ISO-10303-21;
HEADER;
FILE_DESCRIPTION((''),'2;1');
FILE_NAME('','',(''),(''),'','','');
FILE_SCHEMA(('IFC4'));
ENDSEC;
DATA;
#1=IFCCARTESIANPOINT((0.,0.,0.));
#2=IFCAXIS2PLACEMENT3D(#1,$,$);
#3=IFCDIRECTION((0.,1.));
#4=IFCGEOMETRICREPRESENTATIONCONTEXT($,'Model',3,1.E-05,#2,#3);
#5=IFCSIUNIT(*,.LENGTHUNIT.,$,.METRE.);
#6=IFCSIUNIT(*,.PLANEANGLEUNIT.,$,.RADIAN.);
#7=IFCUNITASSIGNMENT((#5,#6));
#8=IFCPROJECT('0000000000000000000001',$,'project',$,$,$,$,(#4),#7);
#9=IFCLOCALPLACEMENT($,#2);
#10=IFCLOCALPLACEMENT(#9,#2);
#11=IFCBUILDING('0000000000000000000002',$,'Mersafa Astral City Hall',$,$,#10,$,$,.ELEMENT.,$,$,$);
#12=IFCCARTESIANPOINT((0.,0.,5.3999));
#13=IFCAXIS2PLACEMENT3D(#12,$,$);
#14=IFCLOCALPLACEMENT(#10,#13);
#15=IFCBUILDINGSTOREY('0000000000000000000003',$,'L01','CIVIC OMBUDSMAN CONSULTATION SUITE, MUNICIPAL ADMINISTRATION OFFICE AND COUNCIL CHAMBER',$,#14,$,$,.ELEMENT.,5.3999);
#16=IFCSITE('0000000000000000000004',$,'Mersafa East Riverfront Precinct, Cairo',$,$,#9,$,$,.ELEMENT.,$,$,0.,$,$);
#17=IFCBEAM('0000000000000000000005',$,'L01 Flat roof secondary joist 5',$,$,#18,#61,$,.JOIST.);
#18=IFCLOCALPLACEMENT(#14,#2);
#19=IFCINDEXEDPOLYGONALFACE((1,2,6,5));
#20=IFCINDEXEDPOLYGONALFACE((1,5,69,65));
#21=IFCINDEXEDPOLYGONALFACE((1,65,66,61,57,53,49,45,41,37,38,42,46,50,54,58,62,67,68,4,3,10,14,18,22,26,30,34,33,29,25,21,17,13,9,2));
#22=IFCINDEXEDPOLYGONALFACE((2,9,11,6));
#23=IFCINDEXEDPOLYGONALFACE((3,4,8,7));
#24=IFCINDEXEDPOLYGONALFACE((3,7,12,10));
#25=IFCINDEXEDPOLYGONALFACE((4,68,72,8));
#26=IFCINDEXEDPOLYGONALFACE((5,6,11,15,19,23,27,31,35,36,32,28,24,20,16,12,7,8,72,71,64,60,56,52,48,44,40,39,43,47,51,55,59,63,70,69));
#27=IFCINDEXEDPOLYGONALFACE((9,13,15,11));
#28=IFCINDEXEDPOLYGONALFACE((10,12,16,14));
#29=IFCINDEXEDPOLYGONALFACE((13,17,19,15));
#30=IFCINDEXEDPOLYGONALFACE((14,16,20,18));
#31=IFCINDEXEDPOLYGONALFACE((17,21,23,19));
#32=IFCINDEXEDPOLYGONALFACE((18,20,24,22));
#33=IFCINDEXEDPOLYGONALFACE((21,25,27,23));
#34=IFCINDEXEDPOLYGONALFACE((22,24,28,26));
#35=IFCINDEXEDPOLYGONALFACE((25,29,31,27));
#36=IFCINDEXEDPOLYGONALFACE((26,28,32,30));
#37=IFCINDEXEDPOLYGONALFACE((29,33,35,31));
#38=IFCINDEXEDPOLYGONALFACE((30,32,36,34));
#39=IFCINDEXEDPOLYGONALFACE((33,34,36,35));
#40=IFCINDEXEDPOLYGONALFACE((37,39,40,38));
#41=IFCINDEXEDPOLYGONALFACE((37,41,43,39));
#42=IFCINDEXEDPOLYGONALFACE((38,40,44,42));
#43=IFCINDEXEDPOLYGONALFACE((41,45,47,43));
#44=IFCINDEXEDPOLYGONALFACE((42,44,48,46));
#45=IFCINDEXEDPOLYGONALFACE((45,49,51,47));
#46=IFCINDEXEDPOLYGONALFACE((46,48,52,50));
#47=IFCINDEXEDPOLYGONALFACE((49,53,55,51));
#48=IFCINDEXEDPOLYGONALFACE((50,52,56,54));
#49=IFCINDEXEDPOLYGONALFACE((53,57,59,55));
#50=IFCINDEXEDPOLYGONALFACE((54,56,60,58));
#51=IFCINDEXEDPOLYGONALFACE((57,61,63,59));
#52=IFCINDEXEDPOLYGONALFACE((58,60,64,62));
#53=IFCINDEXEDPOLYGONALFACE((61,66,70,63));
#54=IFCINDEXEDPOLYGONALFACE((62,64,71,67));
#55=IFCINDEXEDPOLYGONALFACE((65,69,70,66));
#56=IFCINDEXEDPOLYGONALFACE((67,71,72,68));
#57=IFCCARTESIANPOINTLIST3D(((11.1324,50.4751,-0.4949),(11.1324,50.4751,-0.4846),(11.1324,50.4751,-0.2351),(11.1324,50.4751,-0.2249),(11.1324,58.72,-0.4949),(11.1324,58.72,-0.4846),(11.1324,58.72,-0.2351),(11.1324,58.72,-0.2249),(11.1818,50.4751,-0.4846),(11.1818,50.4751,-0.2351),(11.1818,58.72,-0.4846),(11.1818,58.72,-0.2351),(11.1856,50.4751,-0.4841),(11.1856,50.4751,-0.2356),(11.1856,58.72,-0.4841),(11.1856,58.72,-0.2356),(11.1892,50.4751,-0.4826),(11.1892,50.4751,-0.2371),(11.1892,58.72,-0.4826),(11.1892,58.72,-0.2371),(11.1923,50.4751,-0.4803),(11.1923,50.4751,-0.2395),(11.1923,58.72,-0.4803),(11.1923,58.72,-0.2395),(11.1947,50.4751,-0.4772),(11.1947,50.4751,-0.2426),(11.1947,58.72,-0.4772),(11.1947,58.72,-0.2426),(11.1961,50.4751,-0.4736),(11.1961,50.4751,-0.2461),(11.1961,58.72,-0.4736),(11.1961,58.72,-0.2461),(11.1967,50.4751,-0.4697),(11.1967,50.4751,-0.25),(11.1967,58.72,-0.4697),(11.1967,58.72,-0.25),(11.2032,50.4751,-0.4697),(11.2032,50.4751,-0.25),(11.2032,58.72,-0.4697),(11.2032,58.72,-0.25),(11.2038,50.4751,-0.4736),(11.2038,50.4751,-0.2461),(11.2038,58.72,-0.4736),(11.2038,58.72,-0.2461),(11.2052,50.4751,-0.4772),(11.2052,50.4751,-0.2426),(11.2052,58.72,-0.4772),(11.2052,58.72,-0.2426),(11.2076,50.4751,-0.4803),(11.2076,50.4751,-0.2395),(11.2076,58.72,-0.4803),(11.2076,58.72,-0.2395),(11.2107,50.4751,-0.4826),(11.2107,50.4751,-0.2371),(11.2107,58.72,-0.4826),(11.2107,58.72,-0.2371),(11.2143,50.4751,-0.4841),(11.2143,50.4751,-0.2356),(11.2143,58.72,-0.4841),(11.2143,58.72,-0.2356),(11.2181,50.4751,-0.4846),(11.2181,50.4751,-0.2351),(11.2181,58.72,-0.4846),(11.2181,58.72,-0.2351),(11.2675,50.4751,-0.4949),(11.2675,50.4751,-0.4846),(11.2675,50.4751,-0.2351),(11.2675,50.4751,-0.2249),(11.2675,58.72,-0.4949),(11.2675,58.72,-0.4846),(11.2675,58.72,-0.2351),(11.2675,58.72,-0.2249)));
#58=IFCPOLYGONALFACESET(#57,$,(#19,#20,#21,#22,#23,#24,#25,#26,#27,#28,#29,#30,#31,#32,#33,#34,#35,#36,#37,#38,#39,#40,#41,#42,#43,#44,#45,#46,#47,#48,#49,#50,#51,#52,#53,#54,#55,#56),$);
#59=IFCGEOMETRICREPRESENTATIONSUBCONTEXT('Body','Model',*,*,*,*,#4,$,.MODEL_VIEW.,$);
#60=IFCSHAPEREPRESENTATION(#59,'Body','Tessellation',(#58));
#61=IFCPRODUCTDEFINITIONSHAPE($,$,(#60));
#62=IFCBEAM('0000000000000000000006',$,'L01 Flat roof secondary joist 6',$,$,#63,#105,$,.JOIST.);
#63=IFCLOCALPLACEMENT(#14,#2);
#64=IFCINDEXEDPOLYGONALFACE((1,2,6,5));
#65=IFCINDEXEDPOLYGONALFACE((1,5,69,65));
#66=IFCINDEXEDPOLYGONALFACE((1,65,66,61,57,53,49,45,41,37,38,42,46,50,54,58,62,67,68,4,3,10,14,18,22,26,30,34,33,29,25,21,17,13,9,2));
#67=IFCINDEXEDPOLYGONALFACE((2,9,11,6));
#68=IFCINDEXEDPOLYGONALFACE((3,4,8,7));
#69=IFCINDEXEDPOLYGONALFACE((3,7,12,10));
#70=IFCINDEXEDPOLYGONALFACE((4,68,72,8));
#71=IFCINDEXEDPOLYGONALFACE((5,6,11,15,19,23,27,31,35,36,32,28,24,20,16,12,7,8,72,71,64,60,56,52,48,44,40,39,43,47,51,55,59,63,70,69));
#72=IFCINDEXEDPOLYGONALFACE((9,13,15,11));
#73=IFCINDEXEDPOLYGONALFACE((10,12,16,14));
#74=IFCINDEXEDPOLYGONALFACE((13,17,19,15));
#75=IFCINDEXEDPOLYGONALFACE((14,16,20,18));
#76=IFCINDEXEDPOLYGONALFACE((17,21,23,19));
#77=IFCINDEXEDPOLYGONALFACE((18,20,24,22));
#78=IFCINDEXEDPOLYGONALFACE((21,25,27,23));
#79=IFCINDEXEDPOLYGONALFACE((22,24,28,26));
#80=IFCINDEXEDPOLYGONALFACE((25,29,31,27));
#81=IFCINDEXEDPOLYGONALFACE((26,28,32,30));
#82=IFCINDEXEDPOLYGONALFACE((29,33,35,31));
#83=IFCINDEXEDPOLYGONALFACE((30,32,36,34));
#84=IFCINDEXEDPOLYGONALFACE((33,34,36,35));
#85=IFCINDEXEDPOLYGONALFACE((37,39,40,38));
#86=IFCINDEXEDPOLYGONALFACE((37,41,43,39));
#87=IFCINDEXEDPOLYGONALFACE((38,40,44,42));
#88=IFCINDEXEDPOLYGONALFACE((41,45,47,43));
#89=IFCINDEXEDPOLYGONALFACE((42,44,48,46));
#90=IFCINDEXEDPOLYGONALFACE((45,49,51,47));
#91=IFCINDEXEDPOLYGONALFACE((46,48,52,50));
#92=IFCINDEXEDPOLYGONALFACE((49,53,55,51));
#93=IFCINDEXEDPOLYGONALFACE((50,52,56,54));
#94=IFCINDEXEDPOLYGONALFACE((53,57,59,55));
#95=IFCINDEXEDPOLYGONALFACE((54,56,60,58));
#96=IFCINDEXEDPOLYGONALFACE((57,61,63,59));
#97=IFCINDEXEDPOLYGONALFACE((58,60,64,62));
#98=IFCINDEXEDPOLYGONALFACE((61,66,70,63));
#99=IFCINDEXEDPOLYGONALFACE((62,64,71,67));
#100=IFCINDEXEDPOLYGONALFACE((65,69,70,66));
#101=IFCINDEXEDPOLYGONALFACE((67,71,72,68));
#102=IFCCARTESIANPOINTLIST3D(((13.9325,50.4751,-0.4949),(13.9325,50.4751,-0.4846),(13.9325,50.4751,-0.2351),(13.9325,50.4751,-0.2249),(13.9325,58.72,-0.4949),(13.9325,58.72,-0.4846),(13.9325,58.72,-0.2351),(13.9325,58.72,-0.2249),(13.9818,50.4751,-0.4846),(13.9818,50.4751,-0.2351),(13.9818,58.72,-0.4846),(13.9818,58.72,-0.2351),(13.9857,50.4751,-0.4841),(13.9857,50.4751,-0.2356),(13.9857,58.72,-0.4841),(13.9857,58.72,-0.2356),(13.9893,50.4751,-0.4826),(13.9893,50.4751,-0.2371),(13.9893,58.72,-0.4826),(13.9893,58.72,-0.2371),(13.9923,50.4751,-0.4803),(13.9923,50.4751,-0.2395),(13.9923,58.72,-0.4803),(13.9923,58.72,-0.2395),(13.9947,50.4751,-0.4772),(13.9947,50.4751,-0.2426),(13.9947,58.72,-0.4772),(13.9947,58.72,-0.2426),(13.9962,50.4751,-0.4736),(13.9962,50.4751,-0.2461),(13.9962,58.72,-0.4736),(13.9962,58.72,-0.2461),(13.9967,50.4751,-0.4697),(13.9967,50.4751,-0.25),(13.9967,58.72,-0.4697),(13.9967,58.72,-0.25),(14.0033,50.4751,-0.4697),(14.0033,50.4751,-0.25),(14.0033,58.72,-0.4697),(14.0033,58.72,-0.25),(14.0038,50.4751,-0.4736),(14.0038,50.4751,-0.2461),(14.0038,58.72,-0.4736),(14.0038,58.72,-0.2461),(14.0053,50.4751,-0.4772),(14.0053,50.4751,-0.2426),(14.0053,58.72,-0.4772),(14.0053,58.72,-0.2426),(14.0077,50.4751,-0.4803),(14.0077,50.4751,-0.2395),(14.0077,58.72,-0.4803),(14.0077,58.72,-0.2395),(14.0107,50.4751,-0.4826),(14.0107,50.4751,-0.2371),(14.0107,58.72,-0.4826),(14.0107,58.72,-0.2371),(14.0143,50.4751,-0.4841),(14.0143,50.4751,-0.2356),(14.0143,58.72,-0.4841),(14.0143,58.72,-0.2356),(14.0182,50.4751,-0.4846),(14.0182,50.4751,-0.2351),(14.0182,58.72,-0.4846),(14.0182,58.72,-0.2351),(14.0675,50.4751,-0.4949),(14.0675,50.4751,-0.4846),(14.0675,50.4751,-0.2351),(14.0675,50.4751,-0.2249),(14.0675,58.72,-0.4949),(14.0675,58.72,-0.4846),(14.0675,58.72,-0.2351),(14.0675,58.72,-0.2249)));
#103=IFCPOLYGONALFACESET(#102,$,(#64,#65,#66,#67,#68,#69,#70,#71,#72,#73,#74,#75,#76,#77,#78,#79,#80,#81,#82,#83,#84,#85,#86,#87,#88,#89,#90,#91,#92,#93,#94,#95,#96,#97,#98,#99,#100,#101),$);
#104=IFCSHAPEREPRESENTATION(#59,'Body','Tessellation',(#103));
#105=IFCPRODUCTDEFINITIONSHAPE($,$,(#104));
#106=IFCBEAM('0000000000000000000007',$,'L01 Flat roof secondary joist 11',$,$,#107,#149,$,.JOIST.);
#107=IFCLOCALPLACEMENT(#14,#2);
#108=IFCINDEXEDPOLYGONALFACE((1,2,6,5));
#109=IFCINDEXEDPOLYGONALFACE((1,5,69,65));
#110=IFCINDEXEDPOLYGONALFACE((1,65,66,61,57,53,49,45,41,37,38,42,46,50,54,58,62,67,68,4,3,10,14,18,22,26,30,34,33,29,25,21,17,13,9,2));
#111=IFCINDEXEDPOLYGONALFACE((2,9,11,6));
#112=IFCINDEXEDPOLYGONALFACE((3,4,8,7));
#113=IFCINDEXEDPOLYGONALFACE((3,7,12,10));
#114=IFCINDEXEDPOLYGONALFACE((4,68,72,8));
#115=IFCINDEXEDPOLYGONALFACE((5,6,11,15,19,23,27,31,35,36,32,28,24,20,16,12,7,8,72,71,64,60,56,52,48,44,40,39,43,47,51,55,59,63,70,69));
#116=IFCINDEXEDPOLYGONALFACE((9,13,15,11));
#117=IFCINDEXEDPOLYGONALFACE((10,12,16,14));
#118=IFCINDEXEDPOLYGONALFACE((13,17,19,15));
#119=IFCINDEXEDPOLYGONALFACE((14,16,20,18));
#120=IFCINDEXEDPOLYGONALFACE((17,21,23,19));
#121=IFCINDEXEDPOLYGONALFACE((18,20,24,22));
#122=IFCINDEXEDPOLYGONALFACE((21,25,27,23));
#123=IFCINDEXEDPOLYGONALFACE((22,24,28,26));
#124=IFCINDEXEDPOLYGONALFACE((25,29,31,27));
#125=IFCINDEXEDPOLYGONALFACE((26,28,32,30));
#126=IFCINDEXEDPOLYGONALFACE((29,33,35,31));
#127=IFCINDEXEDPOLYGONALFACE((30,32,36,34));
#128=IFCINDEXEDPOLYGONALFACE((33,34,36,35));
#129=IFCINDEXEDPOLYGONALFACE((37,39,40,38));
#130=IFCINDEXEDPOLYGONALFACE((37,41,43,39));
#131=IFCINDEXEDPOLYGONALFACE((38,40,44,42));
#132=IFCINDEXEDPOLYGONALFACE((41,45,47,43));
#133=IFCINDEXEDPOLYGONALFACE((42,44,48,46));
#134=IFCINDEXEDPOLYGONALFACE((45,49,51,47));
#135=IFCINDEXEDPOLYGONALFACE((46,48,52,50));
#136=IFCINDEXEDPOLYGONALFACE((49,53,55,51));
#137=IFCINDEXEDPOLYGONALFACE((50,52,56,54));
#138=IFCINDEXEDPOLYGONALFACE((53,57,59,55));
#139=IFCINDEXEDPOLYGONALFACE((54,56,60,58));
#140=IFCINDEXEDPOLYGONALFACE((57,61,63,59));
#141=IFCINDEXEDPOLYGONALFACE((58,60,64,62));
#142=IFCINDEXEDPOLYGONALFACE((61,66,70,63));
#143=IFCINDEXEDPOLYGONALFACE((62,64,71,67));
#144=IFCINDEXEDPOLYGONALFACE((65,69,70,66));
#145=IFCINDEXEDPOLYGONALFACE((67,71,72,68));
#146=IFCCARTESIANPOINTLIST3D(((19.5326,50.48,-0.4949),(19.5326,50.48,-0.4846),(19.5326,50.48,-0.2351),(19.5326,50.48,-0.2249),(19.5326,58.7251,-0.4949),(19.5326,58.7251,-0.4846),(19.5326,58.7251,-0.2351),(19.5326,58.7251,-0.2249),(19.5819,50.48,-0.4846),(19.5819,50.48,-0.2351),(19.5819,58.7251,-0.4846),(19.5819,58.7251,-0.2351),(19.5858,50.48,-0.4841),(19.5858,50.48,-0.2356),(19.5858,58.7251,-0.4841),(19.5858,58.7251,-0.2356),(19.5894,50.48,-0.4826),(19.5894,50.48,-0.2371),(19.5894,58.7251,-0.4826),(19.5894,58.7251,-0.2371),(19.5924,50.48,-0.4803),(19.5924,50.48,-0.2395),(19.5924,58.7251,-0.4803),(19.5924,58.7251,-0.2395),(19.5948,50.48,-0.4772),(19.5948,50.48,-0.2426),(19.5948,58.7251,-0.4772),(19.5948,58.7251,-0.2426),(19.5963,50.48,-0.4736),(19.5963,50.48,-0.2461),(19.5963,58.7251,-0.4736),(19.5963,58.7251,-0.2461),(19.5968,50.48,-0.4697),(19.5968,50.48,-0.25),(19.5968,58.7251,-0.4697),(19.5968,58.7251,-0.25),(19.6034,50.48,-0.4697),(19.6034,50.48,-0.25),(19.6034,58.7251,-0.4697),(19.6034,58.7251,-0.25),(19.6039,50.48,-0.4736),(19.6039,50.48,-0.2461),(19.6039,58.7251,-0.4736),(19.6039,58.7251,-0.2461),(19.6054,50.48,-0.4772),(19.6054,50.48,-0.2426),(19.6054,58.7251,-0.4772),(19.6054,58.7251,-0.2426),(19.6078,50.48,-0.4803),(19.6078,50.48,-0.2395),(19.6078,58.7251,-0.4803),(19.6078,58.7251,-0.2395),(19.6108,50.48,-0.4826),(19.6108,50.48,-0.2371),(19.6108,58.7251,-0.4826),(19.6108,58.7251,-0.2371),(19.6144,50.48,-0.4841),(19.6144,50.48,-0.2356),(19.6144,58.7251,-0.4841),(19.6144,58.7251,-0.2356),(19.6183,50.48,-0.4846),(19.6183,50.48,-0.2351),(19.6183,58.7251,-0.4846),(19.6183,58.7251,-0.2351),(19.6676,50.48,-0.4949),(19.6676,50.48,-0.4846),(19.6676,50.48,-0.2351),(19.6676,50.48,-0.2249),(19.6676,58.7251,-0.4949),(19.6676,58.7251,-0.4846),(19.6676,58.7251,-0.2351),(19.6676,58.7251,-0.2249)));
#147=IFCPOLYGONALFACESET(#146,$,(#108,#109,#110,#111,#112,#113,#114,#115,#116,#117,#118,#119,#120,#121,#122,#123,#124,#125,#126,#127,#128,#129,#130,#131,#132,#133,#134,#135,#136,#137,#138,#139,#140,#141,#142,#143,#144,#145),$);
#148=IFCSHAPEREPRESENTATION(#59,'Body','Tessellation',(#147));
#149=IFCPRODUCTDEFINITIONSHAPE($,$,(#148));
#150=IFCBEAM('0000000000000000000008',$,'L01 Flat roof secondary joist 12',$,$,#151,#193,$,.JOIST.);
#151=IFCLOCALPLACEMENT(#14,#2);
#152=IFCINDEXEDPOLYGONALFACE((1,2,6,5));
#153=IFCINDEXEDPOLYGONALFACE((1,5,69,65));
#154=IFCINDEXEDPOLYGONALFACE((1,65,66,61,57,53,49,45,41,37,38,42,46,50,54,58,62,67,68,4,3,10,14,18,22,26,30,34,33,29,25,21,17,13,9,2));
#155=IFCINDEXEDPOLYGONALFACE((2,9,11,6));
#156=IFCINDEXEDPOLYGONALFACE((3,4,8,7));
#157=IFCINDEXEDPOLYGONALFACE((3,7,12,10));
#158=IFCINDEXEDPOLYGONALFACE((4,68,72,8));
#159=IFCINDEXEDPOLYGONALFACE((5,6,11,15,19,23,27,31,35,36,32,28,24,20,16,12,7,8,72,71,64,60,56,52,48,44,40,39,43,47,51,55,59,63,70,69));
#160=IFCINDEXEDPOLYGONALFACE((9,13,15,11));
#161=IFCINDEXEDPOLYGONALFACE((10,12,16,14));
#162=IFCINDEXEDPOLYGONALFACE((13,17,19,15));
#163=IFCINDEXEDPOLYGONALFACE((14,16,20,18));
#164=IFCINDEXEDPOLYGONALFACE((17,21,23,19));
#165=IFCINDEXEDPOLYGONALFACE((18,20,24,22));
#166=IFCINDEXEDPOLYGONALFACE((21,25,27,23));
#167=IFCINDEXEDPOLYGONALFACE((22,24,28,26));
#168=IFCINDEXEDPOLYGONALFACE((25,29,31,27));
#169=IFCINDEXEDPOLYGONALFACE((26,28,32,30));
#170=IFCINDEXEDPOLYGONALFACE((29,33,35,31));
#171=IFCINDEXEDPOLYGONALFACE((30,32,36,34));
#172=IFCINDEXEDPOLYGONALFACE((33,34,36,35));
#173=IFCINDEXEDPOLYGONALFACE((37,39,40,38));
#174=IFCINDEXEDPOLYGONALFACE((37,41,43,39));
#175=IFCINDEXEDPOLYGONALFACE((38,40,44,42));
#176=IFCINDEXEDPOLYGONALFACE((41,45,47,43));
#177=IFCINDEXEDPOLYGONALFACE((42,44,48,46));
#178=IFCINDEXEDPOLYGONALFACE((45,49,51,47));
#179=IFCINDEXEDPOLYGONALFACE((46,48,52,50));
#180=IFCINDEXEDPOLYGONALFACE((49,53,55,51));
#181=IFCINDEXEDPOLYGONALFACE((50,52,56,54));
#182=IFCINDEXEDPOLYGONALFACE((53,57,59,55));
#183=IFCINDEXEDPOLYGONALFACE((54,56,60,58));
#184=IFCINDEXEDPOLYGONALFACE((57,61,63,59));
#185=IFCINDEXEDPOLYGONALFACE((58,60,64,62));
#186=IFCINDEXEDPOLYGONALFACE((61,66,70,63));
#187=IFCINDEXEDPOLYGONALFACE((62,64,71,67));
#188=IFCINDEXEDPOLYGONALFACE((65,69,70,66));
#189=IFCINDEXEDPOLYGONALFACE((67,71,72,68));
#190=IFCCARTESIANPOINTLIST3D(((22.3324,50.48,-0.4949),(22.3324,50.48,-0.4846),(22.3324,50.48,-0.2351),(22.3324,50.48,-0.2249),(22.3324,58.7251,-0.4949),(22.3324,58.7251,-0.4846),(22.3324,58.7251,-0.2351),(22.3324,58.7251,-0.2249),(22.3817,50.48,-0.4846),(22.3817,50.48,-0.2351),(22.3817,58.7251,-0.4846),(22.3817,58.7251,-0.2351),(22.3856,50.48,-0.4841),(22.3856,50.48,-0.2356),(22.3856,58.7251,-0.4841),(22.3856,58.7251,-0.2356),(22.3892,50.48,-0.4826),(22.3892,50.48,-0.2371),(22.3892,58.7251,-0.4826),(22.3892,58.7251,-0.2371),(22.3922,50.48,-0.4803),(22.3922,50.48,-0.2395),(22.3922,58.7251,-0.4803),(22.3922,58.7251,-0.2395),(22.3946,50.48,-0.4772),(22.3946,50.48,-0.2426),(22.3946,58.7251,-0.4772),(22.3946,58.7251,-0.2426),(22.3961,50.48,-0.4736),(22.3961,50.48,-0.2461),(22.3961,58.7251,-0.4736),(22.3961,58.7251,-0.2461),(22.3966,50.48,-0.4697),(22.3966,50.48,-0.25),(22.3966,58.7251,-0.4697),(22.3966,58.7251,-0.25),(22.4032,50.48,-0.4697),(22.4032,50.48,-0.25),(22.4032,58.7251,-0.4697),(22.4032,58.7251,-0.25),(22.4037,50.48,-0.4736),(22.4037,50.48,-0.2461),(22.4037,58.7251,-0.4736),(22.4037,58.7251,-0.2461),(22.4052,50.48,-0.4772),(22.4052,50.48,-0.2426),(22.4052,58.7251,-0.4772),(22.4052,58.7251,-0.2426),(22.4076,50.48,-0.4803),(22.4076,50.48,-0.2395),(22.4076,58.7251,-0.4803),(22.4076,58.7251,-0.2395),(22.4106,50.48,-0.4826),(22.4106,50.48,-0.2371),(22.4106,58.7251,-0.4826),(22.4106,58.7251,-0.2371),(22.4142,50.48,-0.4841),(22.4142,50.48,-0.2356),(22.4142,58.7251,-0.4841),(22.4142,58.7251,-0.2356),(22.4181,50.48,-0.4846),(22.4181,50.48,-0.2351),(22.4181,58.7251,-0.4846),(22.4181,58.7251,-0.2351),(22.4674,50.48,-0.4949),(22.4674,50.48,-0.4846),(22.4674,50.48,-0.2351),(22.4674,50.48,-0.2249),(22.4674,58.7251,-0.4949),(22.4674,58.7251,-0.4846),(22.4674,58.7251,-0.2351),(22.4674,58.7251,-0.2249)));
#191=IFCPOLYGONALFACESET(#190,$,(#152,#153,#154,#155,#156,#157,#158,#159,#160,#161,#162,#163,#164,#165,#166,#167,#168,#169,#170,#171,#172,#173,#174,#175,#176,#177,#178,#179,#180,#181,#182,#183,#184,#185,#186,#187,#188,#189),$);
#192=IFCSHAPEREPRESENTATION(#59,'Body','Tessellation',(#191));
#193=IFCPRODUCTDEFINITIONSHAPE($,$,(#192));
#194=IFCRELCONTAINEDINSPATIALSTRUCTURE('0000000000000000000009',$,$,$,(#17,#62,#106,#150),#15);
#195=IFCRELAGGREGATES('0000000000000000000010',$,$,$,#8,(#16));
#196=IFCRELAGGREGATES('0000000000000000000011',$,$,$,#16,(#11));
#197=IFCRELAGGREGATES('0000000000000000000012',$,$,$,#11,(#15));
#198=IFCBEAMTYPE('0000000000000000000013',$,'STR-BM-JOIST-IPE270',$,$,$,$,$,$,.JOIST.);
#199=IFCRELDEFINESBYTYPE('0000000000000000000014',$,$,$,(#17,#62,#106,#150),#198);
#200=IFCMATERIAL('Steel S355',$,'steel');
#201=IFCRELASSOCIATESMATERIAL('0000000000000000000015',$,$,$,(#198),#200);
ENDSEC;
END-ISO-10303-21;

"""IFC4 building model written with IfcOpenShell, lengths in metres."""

from ifc_helpers import new_model, si_unit, direction, frame, origin, origin_2d, place, context, subcontext, project, spatial, i_section, extrude, material, material_profile, profile_set, type_object, element, save


model = new_model("IFC4")

# Units and contexts
model_context = context("Model", 3, precision=1e-05, world=origin(), true_north=direction((0.0, 1.0)))
body_context = subcontext(model_context, "Body", "Model", "MODEL_VIEW")
ifc_project = project(units=[si_unit("LENGTHUNIT", "METRE"), si_unit("PLANEANGLEUNIT", "RADIAN")], contexts=[model_context])

# Site, building, storey
site_placement = place(None, origin())
site = spatial("IfcSite", under=ifc_project, at=site_placement, Name="Mersafa East Riverfront Precinct, Cairo", CompositionType="ELEMENT", RefElevation=0.0)
building_placement = place(site_placement, origin())
building = spatial("IfcBuilding", under=site, at=building_placement, Name="Mersafa Astral City Hall", CompositionType="ELEMENT")
storey_placement = place(building_placement, frame((0.0, 0.0, 5.3999)))
storey = spatial("IfcBuildingStorey", under=building, at=storey_placement, Name="L01", Description="CIVIC OMBUDSMAN CONSULTATION SUITE, MUNICIPAL ADMINISTRATION OFFICE AND COUNCIL CHAMBER", CompositionType="ELEMENT", Elevation=5.3999)

# Shared definitions
ifc_material_1 = material(Name="Steel S355", Category="steel")

# Beams
ifc_material_profile_1 = material_profile(ifc_material_1, i_section(OverallWidth=0.135, OverallDepth=0.27, WebThickness=0.0066, FlangeThickness=0.0103, FilletRadius=0.0149, at=origin_2d()), Name="IPE 270")
ifc_profile_set_1 = profile_set([ifc_material_profile_1], Name="Steel S355")
beam_type_1 = type_object("IfcBeamType", Name="STR-BM-JOIST-IPE270", PredefinedType="JOIST", material=ifc_profile_set_1)
for number, where, z_axis, x_axis, name in (
    (1, (11.2, 50.4751, -0.3599), (0.0, 1.0, 0.0), (-1.0, 0.0, 0.0), "L01 Flat roof secondary joist 5"),
    (2, (14.0, 50.4751, -0.3599), (0.0, 1.0, 0.0), (-1.0, 0.0, 0.0), "L01 Flat roof secondary joist 6"),
):
    element("IfcBeam", number, at=place(storey_placement, frame(where, z_axis=z_axis, x_axis=x_axis)), inside=storey, type_object=beam_type_1, Name=name, PredefinedType="JOIST", context=body_context, shape_type="SweptSolid", body=[
        extrude(i_section(OverallWidth=0.135, OverallDepth=0.27, WebThickness=0.0066, FlangeThickness=0.0103, FilletRadius=0.0149, at=origin_2d()), origin(), (0.0, 0.0, 1.0), 8.2449),
    ])
for number, where, z_axis, x_axis, name in (
    (3, (19.6001, 50.48, -0.3599), (0.0, 1.0, 0.0), (-1.0, 0.0, 0.0), "L01 Flat roof secondary joist 11"),
    (4, (22.3999, 50.48, -0.3599), (0.0, 1.0, 0.0), (-1.0, 0.0, 0.0), "L01 Flat roof secondary joist 12"),
):
    element("IfcBeam", number, at=place(storey_placement, frame(where, z_axis=z_axis, x_axis=x_axis)), inside=storey, type_object=beam_type_1, Name=name, PredefinedType="JOIST", context=body_context, shape_type="SweptSolid", body=[
        extrude(i_section(OverallWidth=0.135, OverallDepth=0.27, WebThickness=0.0066, FlangeThickness=0.0103, FilletRadius=0.0149, at=origin_2d()), origin(), (0.0, 0.0, 1.0), 8.2451),
    ])

save(model, "model.ifc")
